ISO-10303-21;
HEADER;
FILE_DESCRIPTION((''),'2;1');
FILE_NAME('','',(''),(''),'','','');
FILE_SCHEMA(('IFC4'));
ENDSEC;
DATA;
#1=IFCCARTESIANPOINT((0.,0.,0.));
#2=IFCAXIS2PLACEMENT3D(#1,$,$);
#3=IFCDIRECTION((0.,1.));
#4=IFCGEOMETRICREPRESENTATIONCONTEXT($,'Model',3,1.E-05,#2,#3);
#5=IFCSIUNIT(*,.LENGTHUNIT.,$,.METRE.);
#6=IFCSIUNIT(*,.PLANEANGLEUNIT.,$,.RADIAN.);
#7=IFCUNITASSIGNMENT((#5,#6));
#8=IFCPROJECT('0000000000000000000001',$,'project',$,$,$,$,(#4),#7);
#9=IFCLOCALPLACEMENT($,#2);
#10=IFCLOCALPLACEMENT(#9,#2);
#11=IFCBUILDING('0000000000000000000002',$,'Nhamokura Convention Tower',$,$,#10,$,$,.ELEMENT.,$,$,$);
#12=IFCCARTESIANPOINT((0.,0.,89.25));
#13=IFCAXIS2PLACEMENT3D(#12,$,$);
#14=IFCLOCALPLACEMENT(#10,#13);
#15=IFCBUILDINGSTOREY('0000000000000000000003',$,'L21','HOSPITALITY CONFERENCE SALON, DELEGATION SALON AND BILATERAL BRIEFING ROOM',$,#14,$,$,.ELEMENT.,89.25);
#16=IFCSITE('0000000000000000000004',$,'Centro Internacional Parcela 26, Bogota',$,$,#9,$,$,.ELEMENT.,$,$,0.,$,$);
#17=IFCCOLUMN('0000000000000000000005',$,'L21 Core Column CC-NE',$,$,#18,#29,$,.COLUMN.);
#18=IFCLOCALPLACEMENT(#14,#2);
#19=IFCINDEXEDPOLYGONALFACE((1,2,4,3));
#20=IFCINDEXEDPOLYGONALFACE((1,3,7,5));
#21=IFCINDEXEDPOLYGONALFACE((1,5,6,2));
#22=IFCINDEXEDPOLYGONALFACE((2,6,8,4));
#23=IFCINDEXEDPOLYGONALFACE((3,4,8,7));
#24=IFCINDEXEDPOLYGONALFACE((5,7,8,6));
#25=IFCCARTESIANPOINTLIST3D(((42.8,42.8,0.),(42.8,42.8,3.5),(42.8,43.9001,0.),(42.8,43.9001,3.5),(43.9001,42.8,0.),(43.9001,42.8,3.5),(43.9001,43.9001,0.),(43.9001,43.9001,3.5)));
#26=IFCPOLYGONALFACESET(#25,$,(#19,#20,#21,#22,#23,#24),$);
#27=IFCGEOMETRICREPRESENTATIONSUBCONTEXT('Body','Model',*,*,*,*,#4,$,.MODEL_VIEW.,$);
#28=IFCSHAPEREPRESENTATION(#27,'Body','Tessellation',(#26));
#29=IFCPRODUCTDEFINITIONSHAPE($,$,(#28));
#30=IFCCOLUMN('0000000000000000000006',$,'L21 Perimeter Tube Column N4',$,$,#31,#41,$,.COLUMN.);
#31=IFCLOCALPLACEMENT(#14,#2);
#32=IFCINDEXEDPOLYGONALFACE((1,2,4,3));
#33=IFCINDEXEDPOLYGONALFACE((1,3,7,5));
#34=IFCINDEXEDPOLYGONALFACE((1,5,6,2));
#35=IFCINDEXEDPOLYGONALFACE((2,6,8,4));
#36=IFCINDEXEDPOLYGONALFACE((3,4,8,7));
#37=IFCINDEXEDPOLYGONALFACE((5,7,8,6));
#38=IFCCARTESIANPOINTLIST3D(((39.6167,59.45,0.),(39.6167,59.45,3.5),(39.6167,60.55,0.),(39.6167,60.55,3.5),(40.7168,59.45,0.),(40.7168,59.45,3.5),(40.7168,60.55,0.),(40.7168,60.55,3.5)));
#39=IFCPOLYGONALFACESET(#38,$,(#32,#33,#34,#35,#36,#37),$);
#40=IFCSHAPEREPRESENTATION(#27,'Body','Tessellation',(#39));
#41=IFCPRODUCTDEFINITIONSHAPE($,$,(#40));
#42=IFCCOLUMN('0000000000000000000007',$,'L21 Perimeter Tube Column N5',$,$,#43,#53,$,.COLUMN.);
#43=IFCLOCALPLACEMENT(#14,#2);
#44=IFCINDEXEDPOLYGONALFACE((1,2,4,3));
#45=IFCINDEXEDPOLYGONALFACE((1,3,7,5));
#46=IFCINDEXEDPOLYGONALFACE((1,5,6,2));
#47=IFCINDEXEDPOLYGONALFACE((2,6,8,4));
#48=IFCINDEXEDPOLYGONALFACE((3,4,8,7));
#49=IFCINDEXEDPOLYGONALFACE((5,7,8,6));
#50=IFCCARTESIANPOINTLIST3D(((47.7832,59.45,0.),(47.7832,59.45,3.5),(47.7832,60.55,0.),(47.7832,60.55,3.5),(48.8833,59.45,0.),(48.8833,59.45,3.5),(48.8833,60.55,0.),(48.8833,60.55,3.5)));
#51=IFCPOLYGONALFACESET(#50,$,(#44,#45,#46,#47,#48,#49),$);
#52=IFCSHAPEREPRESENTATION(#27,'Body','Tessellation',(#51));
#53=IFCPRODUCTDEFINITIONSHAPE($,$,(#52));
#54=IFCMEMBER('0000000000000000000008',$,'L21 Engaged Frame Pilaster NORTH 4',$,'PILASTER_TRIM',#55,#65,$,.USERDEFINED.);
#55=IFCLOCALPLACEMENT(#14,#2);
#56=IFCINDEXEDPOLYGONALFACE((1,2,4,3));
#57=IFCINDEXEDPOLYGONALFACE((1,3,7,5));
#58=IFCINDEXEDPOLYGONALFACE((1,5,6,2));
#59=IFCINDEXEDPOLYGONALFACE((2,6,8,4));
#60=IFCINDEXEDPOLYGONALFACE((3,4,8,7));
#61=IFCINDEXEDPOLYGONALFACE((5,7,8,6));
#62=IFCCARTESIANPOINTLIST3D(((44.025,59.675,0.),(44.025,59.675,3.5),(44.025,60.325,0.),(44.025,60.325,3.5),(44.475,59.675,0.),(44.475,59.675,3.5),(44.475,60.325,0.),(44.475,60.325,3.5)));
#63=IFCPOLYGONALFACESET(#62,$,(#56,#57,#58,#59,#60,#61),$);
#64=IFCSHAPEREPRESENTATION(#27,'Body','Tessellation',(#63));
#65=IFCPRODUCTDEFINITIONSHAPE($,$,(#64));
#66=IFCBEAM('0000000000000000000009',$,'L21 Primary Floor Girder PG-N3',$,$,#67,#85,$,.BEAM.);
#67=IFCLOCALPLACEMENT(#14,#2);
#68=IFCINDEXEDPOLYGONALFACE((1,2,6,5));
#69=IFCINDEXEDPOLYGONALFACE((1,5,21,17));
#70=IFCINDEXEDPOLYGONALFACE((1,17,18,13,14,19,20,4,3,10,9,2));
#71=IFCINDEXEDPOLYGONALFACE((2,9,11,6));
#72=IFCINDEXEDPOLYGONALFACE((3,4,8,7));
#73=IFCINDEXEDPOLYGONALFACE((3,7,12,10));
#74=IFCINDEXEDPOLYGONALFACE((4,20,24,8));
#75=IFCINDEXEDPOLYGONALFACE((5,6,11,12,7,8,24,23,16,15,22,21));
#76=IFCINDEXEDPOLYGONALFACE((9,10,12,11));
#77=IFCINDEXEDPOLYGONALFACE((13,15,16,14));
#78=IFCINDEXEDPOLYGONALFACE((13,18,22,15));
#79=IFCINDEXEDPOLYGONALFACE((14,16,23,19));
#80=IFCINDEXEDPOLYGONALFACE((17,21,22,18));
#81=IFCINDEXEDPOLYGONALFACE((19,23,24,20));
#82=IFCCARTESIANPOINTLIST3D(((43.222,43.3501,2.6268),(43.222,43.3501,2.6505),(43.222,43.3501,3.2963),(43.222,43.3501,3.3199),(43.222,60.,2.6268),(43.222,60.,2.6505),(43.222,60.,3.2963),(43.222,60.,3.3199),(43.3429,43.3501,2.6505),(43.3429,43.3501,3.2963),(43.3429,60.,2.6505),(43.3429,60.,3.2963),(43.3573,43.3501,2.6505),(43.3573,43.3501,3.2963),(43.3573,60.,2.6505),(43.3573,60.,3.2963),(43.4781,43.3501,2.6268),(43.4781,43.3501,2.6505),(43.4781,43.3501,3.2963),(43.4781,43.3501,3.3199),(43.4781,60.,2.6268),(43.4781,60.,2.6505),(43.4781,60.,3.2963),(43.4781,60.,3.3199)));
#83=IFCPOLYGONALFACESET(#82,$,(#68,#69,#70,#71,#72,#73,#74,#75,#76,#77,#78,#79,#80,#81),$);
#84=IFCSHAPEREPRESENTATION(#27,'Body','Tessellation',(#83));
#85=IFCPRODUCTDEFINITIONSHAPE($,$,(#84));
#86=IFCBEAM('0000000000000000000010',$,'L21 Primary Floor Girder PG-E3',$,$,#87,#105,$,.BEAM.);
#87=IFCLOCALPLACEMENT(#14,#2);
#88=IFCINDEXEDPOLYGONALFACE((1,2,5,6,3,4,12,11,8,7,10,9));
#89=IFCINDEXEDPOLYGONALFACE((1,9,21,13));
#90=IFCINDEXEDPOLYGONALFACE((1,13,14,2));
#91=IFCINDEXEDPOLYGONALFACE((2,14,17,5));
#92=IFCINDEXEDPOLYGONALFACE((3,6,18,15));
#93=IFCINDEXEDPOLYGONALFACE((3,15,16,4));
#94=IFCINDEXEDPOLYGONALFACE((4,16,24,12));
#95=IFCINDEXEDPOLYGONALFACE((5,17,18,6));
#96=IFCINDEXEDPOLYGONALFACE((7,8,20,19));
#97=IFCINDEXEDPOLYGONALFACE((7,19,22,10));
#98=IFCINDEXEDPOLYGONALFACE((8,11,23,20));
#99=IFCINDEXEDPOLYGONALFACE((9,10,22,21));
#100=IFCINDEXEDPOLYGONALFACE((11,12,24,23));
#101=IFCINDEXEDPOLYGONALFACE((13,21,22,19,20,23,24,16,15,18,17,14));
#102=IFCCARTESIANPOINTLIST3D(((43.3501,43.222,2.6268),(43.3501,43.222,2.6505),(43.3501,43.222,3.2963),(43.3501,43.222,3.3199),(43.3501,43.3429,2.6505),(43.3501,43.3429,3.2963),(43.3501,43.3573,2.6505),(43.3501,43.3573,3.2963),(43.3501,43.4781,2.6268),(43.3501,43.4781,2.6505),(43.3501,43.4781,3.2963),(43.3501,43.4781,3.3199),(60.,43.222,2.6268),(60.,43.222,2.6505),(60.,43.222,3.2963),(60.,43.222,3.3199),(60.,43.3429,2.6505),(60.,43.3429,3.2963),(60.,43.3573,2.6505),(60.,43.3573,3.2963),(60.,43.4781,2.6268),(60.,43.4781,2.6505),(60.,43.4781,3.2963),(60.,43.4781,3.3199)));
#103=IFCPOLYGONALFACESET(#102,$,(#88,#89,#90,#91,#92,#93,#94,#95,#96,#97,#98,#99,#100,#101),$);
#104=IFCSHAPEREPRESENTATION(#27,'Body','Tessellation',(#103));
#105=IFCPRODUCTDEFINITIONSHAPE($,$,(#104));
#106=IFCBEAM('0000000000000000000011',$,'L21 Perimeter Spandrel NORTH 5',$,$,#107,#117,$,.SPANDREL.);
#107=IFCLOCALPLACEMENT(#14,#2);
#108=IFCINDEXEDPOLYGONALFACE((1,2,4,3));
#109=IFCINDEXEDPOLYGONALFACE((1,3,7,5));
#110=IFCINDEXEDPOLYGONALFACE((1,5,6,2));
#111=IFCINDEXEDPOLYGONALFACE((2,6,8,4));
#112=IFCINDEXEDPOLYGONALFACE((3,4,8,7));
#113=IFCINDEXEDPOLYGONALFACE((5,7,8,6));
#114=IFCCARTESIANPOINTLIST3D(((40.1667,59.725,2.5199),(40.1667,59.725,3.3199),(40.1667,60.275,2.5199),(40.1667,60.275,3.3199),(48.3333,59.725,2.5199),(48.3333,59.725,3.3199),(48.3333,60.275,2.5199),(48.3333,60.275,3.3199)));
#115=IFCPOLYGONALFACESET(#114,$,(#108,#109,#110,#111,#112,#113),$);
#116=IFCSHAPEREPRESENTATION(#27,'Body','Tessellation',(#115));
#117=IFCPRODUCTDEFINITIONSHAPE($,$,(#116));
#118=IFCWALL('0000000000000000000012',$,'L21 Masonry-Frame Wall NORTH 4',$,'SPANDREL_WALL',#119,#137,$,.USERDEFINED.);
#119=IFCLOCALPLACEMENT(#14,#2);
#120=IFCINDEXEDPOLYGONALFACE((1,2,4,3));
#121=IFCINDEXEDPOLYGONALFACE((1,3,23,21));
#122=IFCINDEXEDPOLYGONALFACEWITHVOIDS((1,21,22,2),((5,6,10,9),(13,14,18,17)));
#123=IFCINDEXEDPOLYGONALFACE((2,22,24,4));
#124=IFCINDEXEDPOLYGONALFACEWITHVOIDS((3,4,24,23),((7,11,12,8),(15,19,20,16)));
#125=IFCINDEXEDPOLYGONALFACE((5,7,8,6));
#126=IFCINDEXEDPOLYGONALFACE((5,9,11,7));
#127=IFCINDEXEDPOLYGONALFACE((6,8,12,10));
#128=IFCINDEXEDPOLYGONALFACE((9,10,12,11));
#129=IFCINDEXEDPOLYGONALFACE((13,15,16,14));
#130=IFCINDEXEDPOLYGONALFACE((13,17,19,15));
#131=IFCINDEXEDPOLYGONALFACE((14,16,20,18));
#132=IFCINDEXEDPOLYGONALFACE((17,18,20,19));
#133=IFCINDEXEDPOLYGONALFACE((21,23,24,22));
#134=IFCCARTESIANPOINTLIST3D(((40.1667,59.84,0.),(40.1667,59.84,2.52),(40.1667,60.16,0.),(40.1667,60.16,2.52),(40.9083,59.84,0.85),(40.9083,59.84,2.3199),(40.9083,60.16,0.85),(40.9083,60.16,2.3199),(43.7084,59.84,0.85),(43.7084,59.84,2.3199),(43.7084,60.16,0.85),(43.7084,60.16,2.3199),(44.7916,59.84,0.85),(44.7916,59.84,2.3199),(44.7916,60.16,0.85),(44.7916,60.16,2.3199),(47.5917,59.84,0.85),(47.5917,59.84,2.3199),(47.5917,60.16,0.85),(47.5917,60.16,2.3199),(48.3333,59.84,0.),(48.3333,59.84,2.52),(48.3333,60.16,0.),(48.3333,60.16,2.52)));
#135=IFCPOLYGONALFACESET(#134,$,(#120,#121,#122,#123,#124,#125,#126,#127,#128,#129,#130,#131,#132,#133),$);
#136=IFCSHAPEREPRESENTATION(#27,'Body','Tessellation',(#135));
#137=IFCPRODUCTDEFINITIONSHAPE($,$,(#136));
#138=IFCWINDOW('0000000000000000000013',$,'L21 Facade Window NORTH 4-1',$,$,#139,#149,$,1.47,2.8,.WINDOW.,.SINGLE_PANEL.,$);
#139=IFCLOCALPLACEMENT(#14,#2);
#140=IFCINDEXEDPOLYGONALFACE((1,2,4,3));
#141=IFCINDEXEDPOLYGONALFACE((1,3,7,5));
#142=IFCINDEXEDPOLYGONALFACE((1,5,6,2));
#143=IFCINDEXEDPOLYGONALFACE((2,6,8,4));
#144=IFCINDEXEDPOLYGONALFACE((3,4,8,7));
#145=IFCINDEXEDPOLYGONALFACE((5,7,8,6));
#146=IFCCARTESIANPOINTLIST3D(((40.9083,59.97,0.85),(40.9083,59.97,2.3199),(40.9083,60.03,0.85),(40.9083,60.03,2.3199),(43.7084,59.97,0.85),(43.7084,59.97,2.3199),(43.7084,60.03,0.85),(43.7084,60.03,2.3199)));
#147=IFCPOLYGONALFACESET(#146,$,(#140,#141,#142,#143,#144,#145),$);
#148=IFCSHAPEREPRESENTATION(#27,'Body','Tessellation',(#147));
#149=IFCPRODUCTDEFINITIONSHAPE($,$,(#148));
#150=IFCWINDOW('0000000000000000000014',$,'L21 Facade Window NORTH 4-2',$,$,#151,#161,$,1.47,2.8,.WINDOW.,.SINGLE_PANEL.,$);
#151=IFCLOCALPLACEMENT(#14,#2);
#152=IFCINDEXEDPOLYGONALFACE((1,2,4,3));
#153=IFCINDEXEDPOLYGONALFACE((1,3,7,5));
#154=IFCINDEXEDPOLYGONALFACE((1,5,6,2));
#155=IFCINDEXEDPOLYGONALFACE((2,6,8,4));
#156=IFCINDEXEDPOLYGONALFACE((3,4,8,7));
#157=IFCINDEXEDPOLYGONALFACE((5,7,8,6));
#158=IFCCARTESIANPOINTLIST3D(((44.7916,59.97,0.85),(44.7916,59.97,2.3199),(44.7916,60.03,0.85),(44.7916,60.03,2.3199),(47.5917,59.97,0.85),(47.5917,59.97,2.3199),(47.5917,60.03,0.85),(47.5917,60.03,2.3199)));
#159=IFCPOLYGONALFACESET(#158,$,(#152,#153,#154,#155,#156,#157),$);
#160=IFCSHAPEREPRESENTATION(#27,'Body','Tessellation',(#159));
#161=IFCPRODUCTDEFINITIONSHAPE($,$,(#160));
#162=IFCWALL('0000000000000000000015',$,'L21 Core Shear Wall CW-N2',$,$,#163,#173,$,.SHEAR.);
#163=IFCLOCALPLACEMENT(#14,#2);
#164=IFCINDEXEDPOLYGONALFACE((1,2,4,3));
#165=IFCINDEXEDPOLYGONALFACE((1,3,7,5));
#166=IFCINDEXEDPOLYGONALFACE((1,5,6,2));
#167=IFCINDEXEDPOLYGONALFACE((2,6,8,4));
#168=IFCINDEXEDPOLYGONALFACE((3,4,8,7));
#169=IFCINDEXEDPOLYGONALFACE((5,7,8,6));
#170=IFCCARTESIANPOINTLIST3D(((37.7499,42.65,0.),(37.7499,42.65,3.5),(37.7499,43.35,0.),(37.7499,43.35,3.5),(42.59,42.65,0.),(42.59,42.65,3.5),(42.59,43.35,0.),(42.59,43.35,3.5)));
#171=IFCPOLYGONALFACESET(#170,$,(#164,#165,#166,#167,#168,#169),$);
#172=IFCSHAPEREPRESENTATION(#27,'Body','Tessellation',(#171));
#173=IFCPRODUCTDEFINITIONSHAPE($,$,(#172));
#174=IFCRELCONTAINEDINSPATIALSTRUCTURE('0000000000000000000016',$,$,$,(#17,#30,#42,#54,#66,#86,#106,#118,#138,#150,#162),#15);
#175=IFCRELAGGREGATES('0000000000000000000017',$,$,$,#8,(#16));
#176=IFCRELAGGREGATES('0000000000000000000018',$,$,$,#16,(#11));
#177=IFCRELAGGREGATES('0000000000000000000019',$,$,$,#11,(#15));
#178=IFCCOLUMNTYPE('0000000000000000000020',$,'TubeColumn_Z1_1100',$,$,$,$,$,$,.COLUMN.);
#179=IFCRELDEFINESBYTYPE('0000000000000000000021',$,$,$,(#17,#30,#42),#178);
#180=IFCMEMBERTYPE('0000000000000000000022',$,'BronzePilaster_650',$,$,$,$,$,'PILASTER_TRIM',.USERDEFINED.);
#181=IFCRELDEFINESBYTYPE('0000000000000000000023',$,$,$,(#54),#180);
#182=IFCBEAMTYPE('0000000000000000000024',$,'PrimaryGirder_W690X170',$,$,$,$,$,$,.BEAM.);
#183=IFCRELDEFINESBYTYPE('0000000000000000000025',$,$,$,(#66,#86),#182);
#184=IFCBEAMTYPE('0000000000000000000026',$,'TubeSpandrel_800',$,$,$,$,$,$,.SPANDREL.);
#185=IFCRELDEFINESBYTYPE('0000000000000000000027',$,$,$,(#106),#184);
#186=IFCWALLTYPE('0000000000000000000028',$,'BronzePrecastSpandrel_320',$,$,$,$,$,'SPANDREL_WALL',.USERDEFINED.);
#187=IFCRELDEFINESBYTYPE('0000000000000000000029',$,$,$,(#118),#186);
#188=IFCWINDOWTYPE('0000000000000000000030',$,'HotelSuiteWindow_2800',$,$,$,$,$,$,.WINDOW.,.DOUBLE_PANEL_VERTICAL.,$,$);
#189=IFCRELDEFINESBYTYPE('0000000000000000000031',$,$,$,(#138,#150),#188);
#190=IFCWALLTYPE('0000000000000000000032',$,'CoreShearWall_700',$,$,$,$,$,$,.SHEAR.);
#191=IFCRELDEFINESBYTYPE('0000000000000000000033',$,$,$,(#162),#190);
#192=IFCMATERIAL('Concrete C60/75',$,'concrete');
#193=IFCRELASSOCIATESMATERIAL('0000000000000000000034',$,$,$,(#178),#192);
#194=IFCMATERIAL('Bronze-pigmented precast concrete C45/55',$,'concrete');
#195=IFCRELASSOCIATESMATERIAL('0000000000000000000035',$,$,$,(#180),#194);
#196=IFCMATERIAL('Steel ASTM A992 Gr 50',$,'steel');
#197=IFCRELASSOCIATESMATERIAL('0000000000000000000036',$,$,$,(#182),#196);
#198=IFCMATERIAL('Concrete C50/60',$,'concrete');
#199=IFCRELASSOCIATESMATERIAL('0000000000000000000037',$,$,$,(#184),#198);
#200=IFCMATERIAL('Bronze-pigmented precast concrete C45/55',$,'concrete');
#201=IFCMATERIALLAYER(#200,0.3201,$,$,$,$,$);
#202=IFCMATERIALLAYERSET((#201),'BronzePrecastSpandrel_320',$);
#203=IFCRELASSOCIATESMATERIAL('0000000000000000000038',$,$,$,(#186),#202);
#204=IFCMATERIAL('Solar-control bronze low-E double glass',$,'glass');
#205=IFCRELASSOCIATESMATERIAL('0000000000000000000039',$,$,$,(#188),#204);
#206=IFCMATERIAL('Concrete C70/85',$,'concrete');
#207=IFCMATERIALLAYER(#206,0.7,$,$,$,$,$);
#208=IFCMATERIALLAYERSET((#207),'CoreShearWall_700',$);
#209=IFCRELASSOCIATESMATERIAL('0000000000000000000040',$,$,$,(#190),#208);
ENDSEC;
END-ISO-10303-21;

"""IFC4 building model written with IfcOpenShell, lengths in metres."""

from ifc_helpers import new_model, si_unit, direction, frame, frame_2d, origin, origin_2d, place, context, subcontext, project, spatial, rectangle, i_section, extrude, material, layer, layer_set, material_profile, profile_set, type_object, element, fill, save


model = new_model("IFC4")

# Units and contexts
model_context = context("Model", 3, precision=1e-05, world=origin(), true_north=direction((0.0, 1.0)))
body_context = subcontext(model_context, "Body", "Model", "MODEL_VIEW")
ifc_project = project(units=[si_unit("LENGTHUNIT", "METRE"), si_unit("PLANEANGLEUNIT", "RADIAN")], contexts=[model_context])

# Site, building, storey
site_placement = place(None, origin())
site = spatial("IfcSite", under=ifc_project, at=site_placement, Name="Centro Internacional Parcela 26, Bogota", CompositionType="ELEMENT", RefElevation=0.0)
building_placement = place(site_placement, origin())
building = spatial("IfcBuilding", under=site, at=building_placement, Name="Nhamokura Convention Tower", CompositionType="ELEMENT")
storey_placement = place(building_placement, frame((0.0, 0.0, 89.25)))
storey = spatial("IfcBuildingStorey", under=building, at=storey_placement, Name="L21", Description="HOSPITALITY CONFERENCE SALON, DELEGATION SALON AND BILATERAL BRIEFING ROOM", CompositionType="ELEMENT", Elevation=89.25)

# Columns
ifc_material_1 = material(Name="Concrete C60/75", Category="concrete")
ifc_material_profile_1 = material_profile(ifc_material_1, rectangle(XDim=1.1001, YDim=1.1001, at=origin_2d()))
ifc_profile_set_1 = profile_set([ifc_material_profile_1], Name="Concrete C60/75")
column_type = type_object("IfcColumnType", Name="TubeColumn_Z1_1100", PredefinedType="COLUMN", material=ifc_profile_set_1)
for number, where, z_axis, x_axis, name in (
    (1, (43.3501, 43.3501, 0.0), (0.0, 0.0, 1.0), (1.0, 0.0, 0.0), "L21 Core Column CC-NE"),
    (2, (40.1667, 60.0, 0.0), (0.0, 0.0, 1.0), (1.0, 0.0, 0.0), "L21 Perimeter Tube Column N4"),
    (3, (48.3333, 60.0, 0.0), (0.0, 0.0, 1.0), (1.0, 0.0, 0.0), "L21 Perimeter Tube Column N5"),
):
    element("IfcColumn", number, at=place(storey_placement, frame(where, z_axis=z_axis, x_axis=x_axis)), inside=storey, type_object=column_type, Name=name, PredefinedType="COLUMN", context=body_context, shape_type="SweptSolid", body=[
        extrude(rectangle(XDim=1.1001, YDim=1.1001, at=origin_2d()), origin(), (0.0, 0.0, 1.0), 3.5),
    ])

# Member
ifc_material_2 = material(Name="Bronze-pigmented precast concrete C45/55", Category="concrete")
ifc_material_profile_2 = material_profile(ifc_material_2, rectangle(XDim=0.45, YDim=0.6499, at=origin_2d()))
ifc_profile_set_2 = profile_set([ifc_material_profile_2], Name="Bronze-pigmented precast concrete C45/55")
member_type = type_object("IfcMemberType", Name="BronzePilaster_650", ElementType="PILASTER_TRIM", PredefinedType="USERDEFINED", material=ifc_profile_set_2)
member_placement = place(storey_placement, frame((44.25, 60.0, 0.0), z_axis=(0.0, 0.0, 1.0), x_axis=(1.0, 0.0, 0.0)))
element("IfcMember", 4, at=member_placement, inside=storey, type_object=member_type, Name="L21 Engaged Frame Pilaster NORTH 4", ObjectType="PILASTER_TRIM", PredefinedType="USERDEFINED", context=body_context, shape_type="SweptSolid", body=[
    extrude(rectangle(XDim=0.45, YDim=0.6499, at=origin_2d()), origin(), (0.0, 0.0, 1.0), 3.5),
])

# Beams
ifc_material_3 = material(Name="Steel ASTM A992 Gr 50", Category="steel")
ifc_material_profile_3 = material_profile(ifc_material_3, i_section(OverallWidth=0.2561, OverallDepth=0.6931, WebThickness=0.0144, FlangeThickness=0.0237, at=origin_2d()))
ifc_profile_set_3 = profile_set([ifc_material_profile_3], Name="Steel ASTM A992 Gr 50")
beam_type_1 = type_object("IfcBeamType", Name="PrimaryGirder_W690X170", PredefinedType="BEAM", material=ifc_profile_set_3)
for number, where, z_axis, x_axis, name in (
    (5, (43.3501, 43.3501, 2.9734), (0.0, 1.0, 0.0), (-1.0, 0.0, 0.0), "L21 Primary Floor Girder PG-N3"),
    (6, (43.3501, 43.3501, 2.9734), (1.0, 0.0, 0.0), (0.0, 1.0, 0.0), "L21 Primary Floor Girder PG-E3"),
):
    element("IfcBeam", number, at=place(storey_placement, frame(where, z_axis=z_axis, x_axis=x_axis)), inside=storey, type_object=beam_type_1, Name=name, PredefinedType="BEAM", context=body_context, shape_type="SweptSolid", body=[
        extrude(i_section(OverallWidth=0.2561, OverallDepth=0.6931, WebThickness=0.0144, FlangeThickness=0.0237, at=origin_2d()), origin(), (0.0, 0.0, 1.0), 16.6499),
    ])
ifc_material_4 = material(Name="Concrete C50/60", Category="concrete")
ifc_material_profile_4 = material_profile(ifc_material_4, rectangle(XDim=0.55, YDim=0.8, at=origin_2d()))
ifc_profile_set_4 = profile_set([ifc_material_profile_4], Name="Concrete C50/60")
beam_type_2 = type_object("IfcBeamType", Name="TubeSpandrel_800", PredefinedType="SPANDREL", material=ifc_profile_set_4)
beam_placement = place(storey_placement, frame((40.1667, 60.0, 2.9199), z_axis=(1.0, 0.0, 0.0), x_axis=(0.0, 1.0, 0.0)))
element("IfcBeam", 7, at=beam_placement, inside=storey, type_object=beam_type_2, Name="L21 Perimeter Spandrel NORTH 5", PredefinedType="SPANDREL", context=body_context, shape_type="SweptSolid", body=[
    extrude(rectangle(XDim=0.55, YDim=0.8, at=origin_2d()), origin(), (0.0, 0.0, 1.0), 8.1665),
])

# Wall, openings, windows
ifc_material_5 = material(Name="Bronze-pigmented precast concrete C45/55", Category="concrete")
ifc_layer_1 = layer(ifc_material_5, 0.3201)
ifc_layer_set_1 = layer_set([ifc_layer_1], Name="BronzePrecastSpandrel_320")
wall_type_1 = type_object("IfcWallType", Name="BronzePrecastSpandrel_320", ElementType="SPANDREL_WALL", PredefinedType="USERDEFINED", material=ifc_layer_set_1)
wall_1_placement = place(storey_placement, frame((40.1667, 60.0, 0.0), z_axis=(0.0, 0.0, 1.0), x_axis=(1.0, 0.0, 0.0)))
wall_1 = element("IfcWall", 8, at=wall_1_placement, inside=storey, type_object=wall_type_1, Name="L21 Masonry-Frame Wall NORTH 4", ObjectType="SPANDREL_WALL", PredefinedType="USERDEFINED", context=body_context, shape_type="SweptSolid", body=[
    extrude(rectangle(XDim=8.1665, YDim=0.3201, at=frame_2d((4.0833, 0.0))), origin(), (0.0, 0.0, 1.0), 2.52),
])
opening_1_placement = place(wall_1_placement, frame((0.7417, 0.0, 0.8501)))
opening_1 = element("IfcOpeningElement", 9, at=opening_1_placement, cuts=wall_1, PredefinedType="OPENING", context=body_context, shape_type="SweptSolid", body=[
    extrude(rectangle(XDim=2.8, YDim=1.47, at=frame_2d((1.3999, 0.7349))), frame((0.0, 0.1699, 0.0), z_axis=(0.0, -1.0, 0.0), x_axis=(1.0, 0.0, 0.0)), (0.0, 0.0, 1.0), 0.3401),
])
opening_2_placement = place(wall_1_placement, frame((4.625, 0.0, 0.8501)))
opening_2 = element("IfcOpeningElement", 10, at=opening_2_placement, cuts=wall_1, PredefinedType="OPENING", context=body_context, shape_type="SweptSolid", body=[
    extrude(rectangle(XDim=2.8, YDim=1.47, at=frame_2d((1.3999, 0.7349))), frame((0.0, 0.1699, 0.0), z_axis=(0.0, -1.0, 0.0), x_axis=(1.0, 0.0, 0.0)), (0.0, 0.0, 1.0), 0.3401),
])
ifc_material_6 = material(Name="Solar-control bronze low-E double glass", Category="glass")
window_type = type_object("IfcWindowType", Name="HotelSuiteWindow_2800", PartitioningType="DOUBLE_PANEL_VERTICAL", PredefinedType="WINDOW", material=ifc_material_6)
window_1_placement = place(opening_1_placement, origin())
window_1 = element("IfcWindow", 11, at=window_1_placement, inside=storey, type_object=window_type, Name="L21 Facade Window NORTH 4-1", OverallHeight=1.47, OverallWidth=2.8, PartitioningType="SINGLE_PANEL", PredefinedType="WINDOW", context=body_context, shape_type="SweptSolid", body=[
    extrude(rectangle(XDim=2.8, YDim=1.47, at=frame_2d((1.3999, 0.7349))), frame((0.0, 0.03, 0.0), z_axis=(0.0, -1.0, 0.0), x_axis=(1.0, 0.0, 0.0)), (0.0, 0.0, 1.0), 0.0601),
])
fill(opening_1, window_1)
window_2_placement = place(opening_2_placement, origin())
window_2 = element("IfcWindow", 12, at=window_2_placement, inside=storey, type_object=window_type, Name="L21 Facade Window NORTH 4-2", OverallHeight=1.47, OverallWidth=2.8, PartitioningType="SINGLE_PANEL", PredefinedType="WINDOW", context=body_context, shape_type="SweptSolid", body=[
    extrude(rectangle(XDim=2.8, YDim=1.47, at=frame_2d((1.3999, 0.7349))), frame((0.0, 0.03, 0.0), z_axis=(0.0, -1.0, 0.0), x_axis=(1.0, 0.0, 0.0)), (0.0, 0.0, 1.0), 0.0601),
])
fill(opening_2, window_2)

# Wall
ifc_material_7 = material(Name="Concrete C70/85", Category="concrete")
ifc_layer_2 = layer(ifc_material_7, 0.7)
ifc_layer_set_2 = layer_set([ifc_layer_2], Name="CoreShearWall_700")
wall_type_2 = type_object("IfcWallType", Name="CoreShearWall_700", PredefinedType="SHEAR", material=ifc_layer_set_2)
wall_2_placement = place(storey_placement, frame((37.75, 43.0, 0.0), z_axis=(0.0, 0.0, 1.0), x_axis=(1.0, 0.0, 0.0)))
element("IfcWall", 13, at=wall_2_placement, inside=storey, type_object=wall_type_2, Name="L21 Core Shear Wall CW-N2", PredefinedType="SHEAR", context=body_context, shape_type="SweptSolid", body=[
    extrude(rectangle(XDim=4.8401, YDim=0.7, at=frame_2d((2.4199, 0.0))), origin(), (0.0, 0.0, 1.0), 3.5),
])

save(model, "model.ifc")
